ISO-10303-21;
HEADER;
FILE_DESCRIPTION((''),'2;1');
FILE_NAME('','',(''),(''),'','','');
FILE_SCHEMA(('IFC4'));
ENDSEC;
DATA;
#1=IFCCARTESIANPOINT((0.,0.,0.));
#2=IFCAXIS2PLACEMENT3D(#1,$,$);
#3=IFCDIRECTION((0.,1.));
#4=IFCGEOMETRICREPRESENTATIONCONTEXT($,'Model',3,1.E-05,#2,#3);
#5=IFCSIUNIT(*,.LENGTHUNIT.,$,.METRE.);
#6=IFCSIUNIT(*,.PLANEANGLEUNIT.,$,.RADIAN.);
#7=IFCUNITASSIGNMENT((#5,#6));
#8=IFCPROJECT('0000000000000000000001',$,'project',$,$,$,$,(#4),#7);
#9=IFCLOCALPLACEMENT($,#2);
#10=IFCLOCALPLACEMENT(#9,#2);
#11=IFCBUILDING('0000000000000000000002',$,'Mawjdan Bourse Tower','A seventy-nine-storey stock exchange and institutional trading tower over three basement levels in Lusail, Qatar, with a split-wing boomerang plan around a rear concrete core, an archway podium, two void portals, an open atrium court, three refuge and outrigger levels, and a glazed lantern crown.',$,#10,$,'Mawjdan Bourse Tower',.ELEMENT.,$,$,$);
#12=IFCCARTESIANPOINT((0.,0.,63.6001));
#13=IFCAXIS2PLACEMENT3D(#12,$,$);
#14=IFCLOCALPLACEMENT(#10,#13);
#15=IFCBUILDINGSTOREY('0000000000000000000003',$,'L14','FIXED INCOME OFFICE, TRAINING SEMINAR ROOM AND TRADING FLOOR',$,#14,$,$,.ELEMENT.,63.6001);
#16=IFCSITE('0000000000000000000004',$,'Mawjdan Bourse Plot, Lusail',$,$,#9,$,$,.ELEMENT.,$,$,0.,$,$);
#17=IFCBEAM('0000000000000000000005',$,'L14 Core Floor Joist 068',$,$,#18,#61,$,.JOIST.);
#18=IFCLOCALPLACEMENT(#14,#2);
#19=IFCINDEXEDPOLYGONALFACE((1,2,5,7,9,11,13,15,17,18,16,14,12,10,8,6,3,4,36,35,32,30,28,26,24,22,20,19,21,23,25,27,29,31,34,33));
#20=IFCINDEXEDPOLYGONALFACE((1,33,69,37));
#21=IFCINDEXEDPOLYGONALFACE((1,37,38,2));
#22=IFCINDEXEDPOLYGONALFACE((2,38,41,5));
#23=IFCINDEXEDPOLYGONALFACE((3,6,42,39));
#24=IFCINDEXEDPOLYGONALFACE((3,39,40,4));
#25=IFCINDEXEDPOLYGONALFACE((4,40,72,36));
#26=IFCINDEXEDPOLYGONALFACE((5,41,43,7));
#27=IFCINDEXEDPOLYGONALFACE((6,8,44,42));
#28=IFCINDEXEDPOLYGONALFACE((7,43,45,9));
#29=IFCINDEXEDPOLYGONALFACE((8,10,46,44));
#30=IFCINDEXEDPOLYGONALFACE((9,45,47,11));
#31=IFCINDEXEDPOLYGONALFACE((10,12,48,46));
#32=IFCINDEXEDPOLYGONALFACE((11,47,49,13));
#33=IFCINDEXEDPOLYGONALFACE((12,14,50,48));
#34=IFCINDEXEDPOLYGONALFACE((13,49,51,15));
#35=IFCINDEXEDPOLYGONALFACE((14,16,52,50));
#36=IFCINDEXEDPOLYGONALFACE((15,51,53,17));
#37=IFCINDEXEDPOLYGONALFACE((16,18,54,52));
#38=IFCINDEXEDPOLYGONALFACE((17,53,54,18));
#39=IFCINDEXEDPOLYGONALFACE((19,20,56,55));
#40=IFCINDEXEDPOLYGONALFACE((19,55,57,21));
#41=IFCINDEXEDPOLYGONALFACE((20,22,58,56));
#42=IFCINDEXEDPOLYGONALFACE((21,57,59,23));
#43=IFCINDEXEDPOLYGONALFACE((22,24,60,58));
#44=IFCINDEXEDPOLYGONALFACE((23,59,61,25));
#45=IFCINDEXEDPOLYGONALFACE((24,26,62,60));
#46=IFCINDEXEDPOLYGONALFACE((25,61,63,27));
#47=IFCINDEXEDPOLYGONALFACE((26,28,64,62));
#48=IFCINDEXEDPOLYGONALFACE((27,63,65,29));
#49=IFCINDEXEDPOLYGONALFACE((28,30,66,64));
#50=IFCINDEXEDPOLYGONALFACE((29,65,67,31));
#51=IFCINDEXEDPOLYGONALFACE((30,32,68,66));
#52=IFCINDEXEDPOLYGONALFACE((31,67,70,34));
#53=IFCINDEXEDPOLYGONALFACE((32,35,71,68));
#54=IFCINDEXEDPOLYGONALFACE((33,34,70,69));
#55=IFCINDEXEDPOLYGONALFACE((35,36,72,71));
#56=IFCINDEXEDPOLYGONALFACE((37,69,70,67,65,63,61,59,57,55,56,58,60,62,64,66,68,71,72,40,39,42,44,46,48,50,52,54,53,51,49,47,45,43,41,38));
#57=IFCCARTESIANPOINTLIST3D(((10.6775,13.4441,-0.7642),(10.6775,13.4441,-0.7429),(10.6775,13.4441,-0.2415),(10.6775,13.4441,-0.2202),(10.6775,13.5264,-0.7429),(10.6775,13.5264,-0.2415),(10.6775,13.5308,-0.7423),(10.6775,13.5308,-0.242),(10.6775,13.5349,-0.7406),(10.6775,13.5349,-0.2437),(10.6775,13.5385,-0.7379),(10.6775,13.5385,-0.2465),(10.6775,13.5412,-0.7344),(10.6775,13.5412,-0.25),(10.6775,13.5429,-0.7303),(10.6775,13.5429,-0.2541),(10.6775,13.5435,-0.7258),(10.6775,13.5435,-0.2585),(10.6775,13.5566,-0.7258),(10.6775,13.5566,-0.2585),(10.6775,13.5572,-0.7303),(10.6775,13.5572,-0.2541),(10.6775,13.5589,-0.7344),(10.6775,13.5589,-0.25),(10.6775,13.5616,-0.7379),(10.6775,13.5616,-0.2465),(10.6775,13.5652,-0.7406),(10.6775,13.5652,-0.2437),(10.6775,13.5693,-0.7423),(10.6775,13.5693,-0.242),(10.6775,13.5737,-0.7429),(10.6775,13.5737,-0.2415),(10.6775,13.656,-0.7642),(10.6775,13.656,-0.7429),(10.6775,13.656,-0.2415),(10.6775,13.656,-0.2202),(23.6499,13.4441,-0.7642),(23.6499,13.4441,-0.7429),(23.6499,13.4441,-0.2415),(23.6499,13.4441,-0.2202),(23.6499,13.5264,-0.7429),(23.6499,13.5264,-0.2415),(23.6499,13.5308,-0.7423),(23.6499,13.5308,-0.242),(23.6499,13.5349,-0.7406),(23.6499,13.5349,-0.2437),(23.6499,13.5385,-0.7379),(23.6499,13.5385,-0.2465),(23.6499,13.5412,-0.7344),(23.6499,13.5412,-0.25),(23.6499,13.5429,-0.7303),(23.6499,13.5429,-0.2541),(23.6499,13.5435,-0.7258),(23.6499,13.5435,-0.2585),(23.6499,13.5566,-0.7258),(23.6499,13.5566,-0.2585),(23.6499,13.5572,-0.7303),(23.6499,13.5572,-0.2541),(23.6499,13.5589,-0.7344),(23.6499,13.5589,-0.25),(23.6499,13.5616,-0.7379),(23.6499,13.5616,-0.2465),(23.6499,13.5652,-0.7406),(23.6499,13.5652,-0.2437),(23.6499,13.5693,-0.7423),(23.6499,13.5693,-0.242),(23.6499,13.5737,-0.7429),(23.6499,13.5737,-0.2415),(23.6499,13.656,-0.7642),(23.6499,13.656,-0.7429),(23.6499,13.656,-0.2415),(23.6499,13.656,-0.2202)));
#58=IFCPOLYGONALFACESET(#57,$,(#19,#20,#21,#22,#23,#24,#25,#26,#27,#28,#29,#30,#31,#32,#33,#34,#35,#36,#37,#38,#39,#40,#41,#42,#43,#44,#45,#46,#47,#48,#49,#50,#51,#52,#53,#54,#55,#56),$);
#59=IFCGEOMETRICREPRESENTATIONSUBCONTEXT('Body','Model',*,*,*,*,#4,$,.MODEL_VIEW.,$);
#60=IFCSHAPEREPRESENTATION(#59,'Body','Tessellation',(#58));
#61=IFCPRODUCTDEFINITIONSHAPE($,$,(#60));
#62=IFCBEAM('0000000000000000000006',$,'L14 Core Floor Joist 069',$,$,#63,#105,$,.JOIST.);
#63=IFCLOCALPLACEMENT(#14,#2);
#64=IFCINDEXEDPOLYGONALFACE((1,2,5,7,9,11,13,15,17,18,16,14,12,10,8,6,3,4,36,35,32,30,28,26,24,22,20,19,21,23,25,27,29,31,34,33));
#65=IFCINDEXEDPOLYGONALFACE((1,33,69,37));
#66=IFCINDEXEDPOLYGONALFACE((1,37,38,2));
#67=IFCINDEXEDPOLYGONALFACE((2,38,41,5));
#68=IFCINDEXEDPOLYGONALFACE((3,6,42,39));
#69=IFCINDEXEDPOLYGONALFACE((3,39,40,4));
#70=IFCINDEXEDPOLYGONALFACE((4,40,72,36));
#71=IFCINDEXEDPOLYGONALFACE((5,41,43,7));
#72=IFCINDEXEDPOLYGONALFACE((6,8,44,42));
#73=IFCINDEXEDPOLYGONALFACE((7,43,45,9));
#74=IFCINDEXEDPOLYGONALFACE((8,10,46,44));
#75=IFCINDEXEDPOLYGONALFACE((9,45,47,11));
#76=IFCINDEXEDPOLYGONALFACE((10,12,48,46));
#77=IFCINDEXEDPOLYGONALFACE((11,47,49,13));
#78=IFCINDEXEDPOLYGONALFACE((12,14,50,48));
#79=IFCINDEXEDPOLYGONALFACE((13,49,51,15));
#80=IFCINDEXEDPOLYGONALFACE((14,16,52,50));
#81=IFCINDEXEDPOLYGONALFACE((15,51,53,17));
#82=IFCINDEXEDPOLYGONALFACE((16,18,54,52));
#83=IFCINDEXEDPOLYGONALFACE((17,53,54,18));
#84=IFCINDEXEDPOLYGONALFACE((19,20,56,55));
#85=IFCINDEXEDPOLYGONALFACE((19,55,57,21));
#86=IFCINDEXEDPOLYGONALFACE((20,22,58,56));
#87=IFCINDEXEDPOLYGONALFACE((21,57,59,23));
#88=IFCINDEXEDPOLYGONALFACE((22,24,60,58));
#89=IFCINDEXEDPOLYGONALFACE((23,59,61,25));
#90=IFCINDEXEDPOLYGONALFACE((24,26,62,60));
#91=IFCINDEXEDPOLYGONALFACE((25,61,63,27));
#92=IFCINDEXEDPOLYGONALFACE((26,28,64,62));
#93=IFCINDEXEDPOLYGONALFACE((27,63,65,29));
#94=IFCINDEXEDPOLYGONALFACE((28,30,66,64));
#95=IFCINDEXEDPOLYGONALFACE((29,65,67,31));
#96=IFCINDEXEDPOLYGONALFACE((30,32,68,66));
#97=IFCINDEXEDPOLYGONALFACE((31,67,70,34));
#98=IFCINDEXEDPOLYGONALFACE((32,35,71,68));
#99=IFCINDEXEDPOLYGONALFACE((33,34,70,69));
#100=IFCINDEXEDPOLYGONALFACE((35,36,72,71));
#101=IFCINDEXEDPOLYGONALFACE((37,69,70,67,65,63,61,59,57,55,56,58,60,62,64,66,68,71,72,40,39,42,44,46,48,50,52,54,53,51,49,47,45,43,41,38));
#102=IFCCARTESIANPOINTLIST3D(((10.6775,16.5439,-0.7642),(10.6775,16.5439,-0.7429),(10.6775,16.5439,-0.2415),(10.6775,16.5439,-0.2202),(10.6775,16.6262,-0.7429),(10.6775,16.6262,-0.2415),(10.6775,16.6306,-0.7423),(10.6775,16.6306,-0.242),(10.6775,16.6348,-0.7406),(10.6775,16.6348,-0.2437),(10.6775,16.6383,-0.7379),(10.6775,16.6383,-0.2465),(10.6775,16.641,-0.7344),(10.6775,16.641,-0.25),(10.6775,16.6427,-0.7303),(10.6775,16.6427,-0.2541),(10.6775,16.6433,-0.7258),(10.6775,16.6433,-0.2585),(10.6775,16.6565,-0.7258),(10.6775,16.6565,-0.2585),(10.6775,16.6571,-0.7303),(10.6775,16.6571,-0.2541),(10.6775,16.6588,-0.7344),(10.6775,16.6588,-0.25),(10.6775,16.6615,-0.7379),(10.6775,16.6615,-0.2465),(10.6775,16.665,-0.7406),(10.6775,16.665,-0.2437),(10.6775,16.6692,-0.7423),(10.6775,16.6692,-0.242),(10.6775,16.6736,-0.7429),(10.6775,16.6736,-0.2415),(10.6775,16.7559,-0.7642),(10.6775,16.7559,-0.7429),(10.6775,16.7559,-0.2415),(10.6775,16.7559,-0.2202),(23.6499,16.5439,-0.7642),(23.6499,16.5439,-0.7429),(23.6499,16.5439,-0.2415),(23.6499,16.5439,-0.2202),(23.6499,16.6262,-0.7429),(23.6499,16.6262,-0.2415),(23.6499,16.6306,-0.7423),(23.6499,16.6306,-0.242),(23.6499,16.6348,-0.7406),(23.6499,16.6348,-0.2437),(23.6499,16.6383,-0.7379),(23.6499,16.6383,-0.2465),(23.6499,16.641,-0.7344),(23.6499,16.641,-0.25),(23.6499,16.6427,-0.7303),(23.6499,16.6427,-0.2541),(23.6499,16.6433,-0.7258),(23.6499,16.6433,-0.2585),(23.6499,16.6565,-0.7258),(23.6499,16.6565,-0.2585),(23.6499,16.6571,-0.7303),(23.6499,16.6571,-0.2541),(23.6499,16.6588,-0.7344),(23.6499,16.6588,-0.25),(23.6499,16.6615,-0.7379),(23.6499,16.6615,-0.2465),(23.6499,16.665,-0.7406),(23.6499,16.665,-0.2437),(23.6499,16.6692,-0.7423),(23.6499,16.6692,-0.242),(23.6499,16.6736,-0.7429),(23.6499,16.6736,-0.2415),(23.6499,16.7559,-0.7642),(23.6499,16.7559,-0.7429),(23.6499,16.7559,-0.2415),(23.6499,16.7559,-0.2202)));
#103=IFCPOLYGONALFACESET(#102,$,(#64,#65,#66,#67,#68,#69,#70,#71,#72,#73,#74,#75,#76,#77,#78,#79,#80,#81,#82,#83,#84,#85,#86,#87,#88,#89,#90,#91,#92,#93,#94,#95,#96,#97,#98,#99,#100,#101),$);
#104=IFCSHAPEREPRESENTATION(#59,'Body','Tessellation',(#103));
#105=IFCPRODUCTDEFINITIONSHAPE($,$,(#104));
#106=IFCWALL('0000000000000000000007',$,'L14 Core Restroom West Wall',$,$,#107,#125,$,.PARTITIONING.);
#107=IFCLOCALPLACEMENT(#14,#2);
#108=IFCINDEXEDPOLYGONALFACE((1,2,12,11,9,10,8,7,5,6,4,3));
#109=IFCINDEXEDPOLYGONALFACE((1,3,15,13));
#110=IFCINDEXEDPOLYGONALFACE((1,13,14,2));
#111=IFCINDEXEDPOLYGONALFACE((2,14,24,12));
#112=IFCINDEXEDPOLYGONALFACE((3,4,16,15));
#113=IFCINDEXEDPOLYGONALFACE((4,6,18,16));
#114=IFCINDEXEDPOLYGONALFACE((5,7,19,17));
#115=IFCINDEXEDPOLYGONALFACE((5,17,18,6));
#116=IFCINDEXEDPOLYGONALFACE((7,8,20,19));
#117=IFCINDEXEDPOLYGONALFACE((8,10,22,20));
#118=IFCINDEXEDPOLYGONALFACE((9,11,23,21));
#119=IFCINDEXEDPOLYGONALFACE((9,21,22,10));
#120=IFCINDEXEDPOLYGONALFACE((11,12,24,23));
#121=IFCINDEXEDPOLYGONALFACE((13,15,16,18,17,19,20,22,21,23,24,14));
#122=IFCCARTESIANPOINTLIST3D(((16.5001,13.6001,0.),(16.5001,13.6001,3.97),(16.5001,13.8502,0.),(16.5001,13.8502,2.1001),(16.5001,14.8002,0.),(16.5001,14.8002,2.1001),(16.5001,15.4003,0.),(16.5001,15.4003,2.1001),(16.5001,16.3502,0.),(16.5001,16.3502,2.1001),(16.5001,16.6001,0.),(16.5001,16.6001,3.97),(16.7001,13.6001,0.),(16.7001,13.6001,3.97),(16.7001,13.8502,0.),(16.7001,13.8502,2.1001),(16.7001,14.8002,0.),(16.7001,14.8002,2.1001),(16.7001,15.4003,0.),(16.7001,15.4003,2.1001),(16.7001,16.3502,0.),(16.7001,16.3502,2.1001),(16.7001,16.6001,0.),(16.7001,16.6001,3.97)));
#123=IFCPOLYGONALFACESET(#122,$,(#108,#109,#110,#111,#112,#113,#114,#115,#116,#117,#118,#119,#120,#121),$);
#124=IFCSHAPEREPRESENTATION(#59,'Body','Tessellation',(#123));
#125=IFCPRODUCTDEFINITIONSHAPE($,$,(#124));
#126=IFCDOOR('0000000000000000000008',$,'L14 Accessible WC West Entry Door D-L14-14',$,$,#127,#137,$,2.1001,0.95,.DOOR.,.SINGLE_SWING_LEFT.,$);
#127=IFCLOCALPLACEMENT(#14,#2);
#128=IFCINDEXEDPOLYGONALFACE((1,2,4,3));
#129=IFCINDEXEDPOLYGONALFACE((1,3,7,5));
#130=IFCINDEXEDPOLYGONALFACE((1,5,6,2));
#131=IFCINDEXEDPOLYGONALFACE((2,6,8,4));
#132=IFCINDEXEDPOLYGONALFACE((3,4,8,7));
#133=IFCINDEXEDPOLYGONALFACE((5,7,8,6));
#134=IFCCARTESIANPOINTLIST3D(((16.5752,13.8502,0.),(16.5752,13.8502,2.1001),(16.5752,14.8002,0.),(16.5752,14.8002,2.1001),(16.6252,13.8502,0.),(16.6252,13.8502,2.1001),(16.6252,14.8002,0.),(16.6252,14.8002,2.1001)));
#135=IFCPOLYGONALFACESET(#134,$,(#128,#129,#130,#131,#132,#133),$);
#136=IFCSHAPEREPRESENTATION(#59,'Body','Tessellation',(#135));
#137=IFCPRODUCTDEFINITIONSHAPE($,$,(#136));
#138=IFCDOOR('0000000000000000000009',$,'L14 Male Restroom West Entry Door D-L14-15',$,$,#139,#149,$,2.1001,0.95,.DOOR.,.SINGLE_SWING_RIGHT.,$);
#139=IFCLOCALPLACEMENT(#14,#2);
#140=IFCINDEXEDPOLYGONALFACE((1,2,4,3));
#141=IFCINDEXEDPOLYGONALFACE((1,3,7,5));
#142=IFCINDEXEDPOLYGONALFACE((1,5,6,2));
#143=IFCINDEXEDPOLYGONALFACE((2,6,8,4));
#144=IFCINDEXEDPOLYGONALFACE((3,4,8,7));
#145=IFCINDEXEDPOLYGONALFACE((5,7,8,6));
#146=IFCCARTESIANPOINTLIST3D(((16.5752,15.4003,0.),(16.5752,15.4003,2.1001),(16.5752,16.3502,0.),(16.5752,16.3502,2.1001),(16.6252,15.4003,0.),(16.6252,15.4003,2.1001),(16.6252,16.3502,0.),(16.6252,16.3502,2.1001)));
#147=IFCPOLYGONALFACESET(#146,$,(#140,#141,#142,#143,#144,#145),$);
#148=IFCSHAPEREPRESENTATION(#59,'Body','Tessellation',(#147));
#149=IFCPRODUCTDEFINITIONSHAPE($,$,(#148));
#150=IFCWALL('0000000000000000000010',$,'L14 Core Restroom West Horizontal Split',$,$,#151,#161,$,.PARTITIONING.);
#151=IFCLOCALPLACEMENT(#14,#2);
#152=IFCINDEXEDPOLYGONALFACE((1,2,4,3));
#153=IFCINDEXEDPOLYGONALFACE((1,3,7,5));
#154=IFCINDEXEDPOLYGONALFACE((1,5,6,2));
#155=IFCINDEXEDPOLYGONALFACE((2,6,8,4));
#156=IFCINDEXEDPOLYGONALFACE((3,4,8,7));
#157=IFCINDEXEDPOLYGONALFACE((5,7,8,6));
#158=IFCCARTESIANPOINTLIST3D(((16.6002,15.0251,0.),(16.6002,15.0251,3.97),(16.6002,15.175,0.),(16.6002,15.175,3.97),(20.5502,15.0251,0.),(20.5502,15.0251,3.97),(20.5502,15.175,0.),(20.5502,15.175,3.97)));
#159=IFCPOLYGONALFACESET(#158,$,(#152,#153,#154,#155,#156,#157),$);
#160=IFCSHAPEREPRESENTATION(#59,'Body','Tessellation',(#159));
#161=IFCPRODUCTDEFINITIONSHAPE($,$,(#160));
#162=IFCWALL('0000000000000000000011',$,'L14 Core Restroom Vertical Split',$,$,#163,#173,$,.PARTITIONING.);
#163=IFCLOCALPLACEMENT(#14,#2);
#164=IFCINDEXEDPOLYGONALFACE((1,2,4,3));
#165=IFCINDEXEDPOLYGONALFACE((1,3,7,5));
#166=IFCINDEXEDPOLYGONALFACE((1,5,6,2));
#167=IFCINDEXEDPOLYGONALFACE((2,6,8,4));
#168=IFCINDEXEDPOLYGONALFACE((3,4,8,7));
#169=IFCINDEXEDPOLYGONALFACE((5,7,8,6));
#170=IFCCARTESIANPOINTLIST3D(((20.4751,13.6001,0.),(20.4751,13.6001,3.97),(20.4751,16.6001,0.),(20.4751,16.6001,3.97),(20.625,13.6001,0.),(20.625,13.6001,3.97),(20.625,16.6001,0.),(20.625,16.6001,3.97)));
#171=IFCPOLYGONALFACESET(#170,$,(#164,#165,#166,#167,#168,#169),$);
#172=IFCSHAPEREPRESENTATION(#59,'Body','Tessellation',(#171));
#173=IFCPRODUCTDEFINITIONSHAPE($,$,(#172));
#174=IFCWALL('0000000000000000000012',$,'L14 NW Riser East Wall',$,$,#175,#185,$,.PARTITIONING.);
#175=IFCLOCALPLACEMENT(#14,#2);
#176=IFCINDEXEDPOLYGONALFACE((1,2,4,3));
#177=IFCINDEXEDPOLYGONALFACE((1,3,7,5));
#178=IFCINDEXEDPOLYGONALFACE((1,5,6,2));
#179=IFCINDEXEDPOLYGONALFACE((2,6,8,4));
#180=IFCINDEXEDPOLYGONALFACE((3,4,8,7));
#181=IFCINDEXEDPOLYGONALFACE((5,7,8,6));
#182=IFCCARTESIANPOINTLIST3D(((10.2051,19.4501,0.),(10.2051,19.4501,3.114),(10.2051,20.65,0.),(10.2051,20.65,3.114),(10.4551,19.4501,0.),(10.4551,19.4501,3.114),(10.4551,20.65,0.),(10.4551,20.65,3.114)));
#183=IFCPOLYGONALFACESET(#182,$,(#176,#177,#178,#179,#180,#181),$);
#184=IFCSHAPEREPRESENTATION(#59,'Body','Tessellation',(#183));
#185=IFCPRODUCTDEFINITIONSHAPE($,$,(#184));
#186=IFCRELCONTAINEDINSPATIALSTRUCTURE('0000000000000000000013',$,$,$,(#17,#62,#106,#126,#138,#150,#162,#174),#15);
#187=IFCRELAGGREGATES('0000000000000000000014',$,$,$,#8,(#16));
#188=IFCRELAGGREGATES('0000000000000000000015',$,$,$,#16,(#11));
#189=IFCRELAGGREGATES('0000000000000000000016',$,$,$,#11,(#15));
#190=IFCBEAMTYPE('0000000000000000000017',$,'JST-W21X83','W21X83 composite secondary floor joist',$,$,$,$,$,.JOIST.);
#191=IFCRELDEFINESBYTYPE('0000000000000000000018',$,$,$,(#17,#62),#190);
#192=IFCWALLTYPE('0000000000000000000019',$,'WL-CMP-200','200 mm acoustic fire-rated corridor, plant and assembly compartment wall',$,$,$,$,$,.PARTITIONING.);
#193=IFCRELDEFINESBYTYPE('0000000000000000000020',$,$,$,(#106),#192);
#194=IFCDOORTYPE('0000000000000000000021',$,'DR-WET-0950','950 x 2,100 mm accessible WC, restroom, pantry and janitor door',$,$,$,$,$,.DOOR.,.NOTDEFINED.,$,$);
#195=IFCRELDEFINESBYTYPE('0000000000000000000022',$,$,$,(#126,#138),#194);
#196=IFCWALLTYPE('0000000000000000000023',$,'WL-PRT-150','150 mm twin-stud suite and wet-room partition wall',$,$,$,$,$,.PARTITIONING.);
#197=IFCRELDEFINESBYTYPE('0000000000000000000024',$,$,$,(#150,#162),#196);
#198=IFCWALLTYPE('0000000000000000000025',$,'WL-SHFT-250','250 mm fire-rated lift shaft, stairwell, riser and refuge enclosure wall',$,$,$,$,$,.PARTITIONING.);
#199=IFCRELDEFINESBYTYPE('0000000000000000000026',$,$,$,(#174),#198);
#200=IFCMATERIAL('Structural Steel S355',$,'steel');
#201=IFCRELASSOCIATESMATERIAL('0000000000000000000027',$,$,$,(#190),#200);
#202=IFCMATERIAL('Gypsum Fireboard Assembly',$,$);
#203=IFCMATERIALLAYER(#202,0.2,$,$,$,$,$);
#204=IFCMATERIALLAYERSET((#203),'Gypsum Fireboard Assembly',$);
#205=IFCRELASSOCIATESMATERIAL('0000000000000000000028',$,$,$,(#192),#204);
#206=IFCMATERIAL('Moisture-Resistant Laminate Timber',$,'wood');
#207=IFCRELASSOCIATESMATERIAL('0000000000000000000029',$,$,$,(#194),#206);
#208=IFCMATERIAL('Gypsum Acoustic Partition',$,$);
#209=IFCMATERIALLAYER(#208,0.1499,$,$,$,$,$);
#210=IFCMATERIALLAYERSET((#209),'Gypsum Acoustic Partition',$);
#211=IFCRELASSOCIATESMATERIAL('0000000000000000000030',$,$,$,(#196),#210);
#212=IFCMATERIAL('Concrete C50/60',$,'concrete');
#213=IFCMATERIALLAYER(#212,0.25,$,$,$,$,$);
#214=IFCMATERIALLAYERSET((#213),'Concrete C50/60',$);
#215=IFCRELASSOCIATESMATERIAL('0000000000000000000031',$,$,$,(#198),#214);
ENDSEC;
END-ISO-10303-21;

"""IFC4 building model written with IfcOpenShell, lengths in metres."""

from ifc_helpers import new_model, si_unit, direction, frame, frame_2d, origin, origin_2d, place, context, subcontext, project, spatial, rectangle, i_section, extrude, material, layer, layer_set, material_profile, profile_set, type_object, element, fill, save


model = new_model("IFC4")

# Units and contexts
model_context = context("Model", 3, precision=1e-05, world=origin(), true_north=direction((0.0, 1.0)))
body_context = subcontext(model_context, "Body", "Model", "MODEL_VIEW")
ifc_project = project(units=[si_unit("LENGTHUNIT", "METRE"), si_unit("PLANEANGLEUNIT", "RADIAN")], contexts=[model_context])

# Site, building, storey
site_placement = place(None, origin())
site = spatial("IfcSite", under=ifc_project, at=site_placement, Name="Mawjdan Bourse Plot, Lusail", CompositionType="ELEMENT", RefElevation=0.0)
building_placement = place(site_placement, origin())
building = spatial("IfcBuilding", under=site, at=building_placement, Name="Mawjdan Bourse Tower", Description="A seventy-nine-storey stock exchange and institutional trading tower over three basement levels in Lusail, Qatar, with a split-wing boomerang plan around a rear concrete core, an archway podium, two void portals, an open atrium court, three refuge and outrigger levels, and a glazed lantern crown.", LongName="Mawjdan Bourse Tower", CompositionType="ELEMENT")
storey_placement = place(building_placement, frame((0.0, 0.0, 63.6001)))
storey = spatial("IfcBuildingStorey", under=building, at=storey_placement, Name="L14", Description="FIXED INCOME OFFICE, TRAINING SEMINAR ROOM AND TRADING FLOOR", CompositionType="ELEMENT", Elevation=63.6001)

# Beams
ifc_material_1 = material(Name="Structural Steel S355", Category="steel")
ifc_material_profile = material_profile(ifc_material_1, i_section(OverallWidth=0.2119, OverallDepth=0.5439, WebThickness=0.0132, FlangeThickness=0.0212, FilletRadius=0.0171, at=origin_2d()), Name="W21X83")
ifc_profile_set = profile_set([ifc_material_profile], Name="Structural Steel S355")
beam_type = type_object("IfcBeamType", Name="JST-W21X83", Description="W21X83 composite secondary floor joist", PredefinedType="JOIST", material=ifc_profile_set)
for number, where, z_axis, x_axis, name in (
    (1, (10.6775, 13.55, -0.4922), (1.0, 0.0, 0.0), (0.0, 1.0, 0.0), "L14 Core Floor Joist 068"),
    (2, (10.6775, 16.6499, -0.4922), (1.0, 0.0, 0.0), (0.0, 1.0, 0.0), "L14 Core Floor Joist 069"),
):
    element("IfcBeam", number, at=place(storey_placement, frame(where, z_axis=z_axis, x_axis=x_axis)), inside=storey, type_object=beam_type, Name=name, PredefinedType="JOIST", context=body_context, shape_type="SweptSolid", body=[
        extrude(i_section(OverallWidth=0.2119, OverallDepth=0.5439, WebThickness=0.0132, FlangeThickness=0.0212, FilletRadius=0.0171, at=origin_2d()), origin(), (0.0, 0.0, 1.0), 12.9724),
    ])

# Wall, openings, doors
ifc_material_2 = material(Name="Gypsum Fireboard Assembly")
ifc_layer_1 = layer(ifc_material_2, 0.2)
ifc_layer_set_1 = layer_set([ifc_layer_1], Name="Gypsum Fireboard Assembly")
wall_type_1 = type_object("IfcWallType", Name="WL-CMP-200", Description="200 mm acoustic fire-rated corridor, plant and assembly compartment wall", PredefinedType="PARTITIONING", material=ifc_layer_set_1)
wall_1_placement = place(storey_placement, frame((16.6001, 13.6001, 0.0), z_axis=(0.0, 0.0, 1.0), x_axis=(0.0, 1.0, 0.0)))
wall_1 = element("IfcWall", 3, at=wall_1_placement, inside=storey, type_object=wall_type_1, Name="L14 Core Restroom West Wall", PredefinedType="PARTITIONING", context=body_context, shape_type="SweptSolid", body=[
    extrude(rectangle(XDim=3.0, YDim=0.2, at=frame_2d((1.5, 0.0))), origin(), (0.0, 0.0, 1.0), 3.97),
])
opening_1_placement = place(wall_1_placement, frame((0.25, 0.0, 0.0)))
opening_1 = element("IfcOpeningElement", 4, at=opening_1_placement, cuts=wall_1, PredefinedType="OPENING", context=body_context, shape_type="SweptSolid", body=[
    extrude(rectangle(XDim=0.95, YDim=2.1001, at=frame_2d((0.4751, 1.05))), frame((0.0, 0.1099, 0.0), z_axis=(0.0, -1.0, 0.0), x_axis=(1.0, 0.0, 0.0)), (0.0, 0.0, 1.0), 0.22),
])
opening_2_placement = place(wall_1_placement, frame((1.8, 0.0, 0.0)))
opening_2 = element("IfcOpeningElement", 5, at=opening_2_placement, cuts=wall_1, PredefinedType="OPENING", context=body_context, shape_type="SweptSolid", body=[
    extrude(rectangle(XDim=0.95, YDim=2.1001, at=frame_2d((0.4751, 1.05))), frame((0.0, 0.1099, 0.0), z_axis=(0.0, -1.0, 0.0), x_axis=(1.0, 0.0, 0.0)), (0.0, 0.0, 1.0), 0.22),
])
ifc_material_3 = material(Name="Moisture-Resistant Laminate Timber", Category="wood")
door_type_1 = type_object("IfcDoorType", Name="DR-WET-0950", Description="950 x 2,100 mm accessible WC, restroom, pantry and janitor door", OperationType="NOTDEFINED", PredefinedType="DOOR", material=ifc_material_3)
door_1_placement = place(opening_1_placement, origin())
door_1 = element("IfcDoor", 6, at=door_1_placement, inside=storey, type_object=door_type_1, Name="L14 Accessible WC West Entry Door D-L14-14", OperationType="SINGLE_SWING_LEFT", OverallHeight=2.1001, OverallWidth=0.95, PredefinedType="DOOR", context=body_context, shape_type="SweptSolid", body=[
    extrude(rectangle(XDim=0.95, YDim=2.1001, at=frame_2d((0.4751, 1.05))), frame((0.0, 0.0249, 0.0), z_axis=(0.0, -1.0, 0.0), x_axis=(1.0, 0.0, 0.0)), (0.0, 0.0, 1.0), 0.05),
])
fill(opening_1, door_1)
door_2_placement = place(opening_2_placement, origin())
door_2 = element("IfcDoor", 7, at=door_2_placement, inside=storey, type_object=door_type_1, Name="L14 Male Restroom West Entry Door D-L14-15", OperationType="SINGLE_SWING_RIGHT", OverallHeight=2.1001, OverallWidth=0.95, PredefinedType="DOOR", context=body_context, shape_type="SweptSolid", body=[
    extrude(rectangle(XDim=0.95, YDim=2.1001, at=frame_2d((0.4751, 1.05))), frame((0.0, 0.0249, 0.0), z_axis=(0.0, -1.0, 0.0), x_axis=(1.0, 0.0, 0.0)), (0.0, 0.0, 1.0), 0.05),
])
fill(opening_2, door_2)

# Walls
ifc_material_4 = material(Name="Gypsum Acoustic Partition")
ifc_layer_2 = layer(ifc_material_4, 0.1499)
ifc_layer_set_2 = layer_set([ifc_layer_2], Name="Gypsum Acoustic Partition")
wall_type_2 = type_object("IfcWallType", Name="WL-PRT-150", Description="150 mm twin-stud suite and wet-room partition wall", PredefinedType="PARTITIONING", material=ifc_layer_set_2)
wall_2_placement = place(storey_placement, frame((16.6001, 15.1001, 0.0), z_axis=(0.0, 0.0, 1.0), x_axis=(1.0, 0.0, 0.0)))
element("IfcWall", 8, at=wall_2_placement, inside=storey, type_object=wall_type_2, Name="L14 Core Restroom West Horizontal Split", PredefinedType="PARTITIONING", context=body_context, shape_type="SweptSolid", body=[
    extrude(rectangle(XDim=3.95, YDim=0.1499, at=frame_2d((1.9751, 0.0))), origin(), (0.0, 0.0, 1.0), 3.97),
])
wall_3_placement = place(storey_placement, frame((20.55, 13.6001, 0.0), z_axis=(0.0, 0.0, 1.0), x_axis=(0.0, 1.0, 0.0)))
element("IfcWall", 9, at=wall_3_placement, inside=storey, type_object=wall_type_2, Name="L14 Core Restroom Vertical Split", PredefinedType="PARTITIONING", context=body_context, shape_type="SweptSolid", body=[
    extrude(rectangle(XDim=3.0, YDim=0.1499, at=frame_2d((1.5, 0.0))), origin(), (0.0, 0.0, 1.0), 3.97),
])
ifc_material_5 = material(Name="Concrete C50/60", Category="concrete")
ifc_layer_3 = layer(ifc_material_5, 0.25)
ifc_layer_set_3 = layer_set([ifc_layer_3], Name="Concrete C50/60")
wall_type_3 = type_object("IfcWallType", Name="WL-SHFT-250", Description="250 mm fire-rated lift shaft, stairwell, riser and refuge enclosure wall", PredefinedType="PARTITIONING", material=ifc_layer_set_3)
wall_4_placement = place(storey_placement, frame((10.3301, 19.45, 0.0), z_axis=(0.0, 0.0, 1.0), x_axis=(0.0, 1.0, 0.0)))
element("IfcWall", 10, at=wall_4_placement, inside=storey, type_object=wall_type_3, Name="L14 NW Riser East Wall", PredefinedType="PARTITIONING", context=body_context, shape_type="SweptSolid", body=[
    extrude(rectangle(XDim=1.2, YDim=0.25, at=frame_2d((0.6001, 0.0))), origin(), (0.0, 0.0, 1.0), 3.114),
])

save(model, "model.ifc")
